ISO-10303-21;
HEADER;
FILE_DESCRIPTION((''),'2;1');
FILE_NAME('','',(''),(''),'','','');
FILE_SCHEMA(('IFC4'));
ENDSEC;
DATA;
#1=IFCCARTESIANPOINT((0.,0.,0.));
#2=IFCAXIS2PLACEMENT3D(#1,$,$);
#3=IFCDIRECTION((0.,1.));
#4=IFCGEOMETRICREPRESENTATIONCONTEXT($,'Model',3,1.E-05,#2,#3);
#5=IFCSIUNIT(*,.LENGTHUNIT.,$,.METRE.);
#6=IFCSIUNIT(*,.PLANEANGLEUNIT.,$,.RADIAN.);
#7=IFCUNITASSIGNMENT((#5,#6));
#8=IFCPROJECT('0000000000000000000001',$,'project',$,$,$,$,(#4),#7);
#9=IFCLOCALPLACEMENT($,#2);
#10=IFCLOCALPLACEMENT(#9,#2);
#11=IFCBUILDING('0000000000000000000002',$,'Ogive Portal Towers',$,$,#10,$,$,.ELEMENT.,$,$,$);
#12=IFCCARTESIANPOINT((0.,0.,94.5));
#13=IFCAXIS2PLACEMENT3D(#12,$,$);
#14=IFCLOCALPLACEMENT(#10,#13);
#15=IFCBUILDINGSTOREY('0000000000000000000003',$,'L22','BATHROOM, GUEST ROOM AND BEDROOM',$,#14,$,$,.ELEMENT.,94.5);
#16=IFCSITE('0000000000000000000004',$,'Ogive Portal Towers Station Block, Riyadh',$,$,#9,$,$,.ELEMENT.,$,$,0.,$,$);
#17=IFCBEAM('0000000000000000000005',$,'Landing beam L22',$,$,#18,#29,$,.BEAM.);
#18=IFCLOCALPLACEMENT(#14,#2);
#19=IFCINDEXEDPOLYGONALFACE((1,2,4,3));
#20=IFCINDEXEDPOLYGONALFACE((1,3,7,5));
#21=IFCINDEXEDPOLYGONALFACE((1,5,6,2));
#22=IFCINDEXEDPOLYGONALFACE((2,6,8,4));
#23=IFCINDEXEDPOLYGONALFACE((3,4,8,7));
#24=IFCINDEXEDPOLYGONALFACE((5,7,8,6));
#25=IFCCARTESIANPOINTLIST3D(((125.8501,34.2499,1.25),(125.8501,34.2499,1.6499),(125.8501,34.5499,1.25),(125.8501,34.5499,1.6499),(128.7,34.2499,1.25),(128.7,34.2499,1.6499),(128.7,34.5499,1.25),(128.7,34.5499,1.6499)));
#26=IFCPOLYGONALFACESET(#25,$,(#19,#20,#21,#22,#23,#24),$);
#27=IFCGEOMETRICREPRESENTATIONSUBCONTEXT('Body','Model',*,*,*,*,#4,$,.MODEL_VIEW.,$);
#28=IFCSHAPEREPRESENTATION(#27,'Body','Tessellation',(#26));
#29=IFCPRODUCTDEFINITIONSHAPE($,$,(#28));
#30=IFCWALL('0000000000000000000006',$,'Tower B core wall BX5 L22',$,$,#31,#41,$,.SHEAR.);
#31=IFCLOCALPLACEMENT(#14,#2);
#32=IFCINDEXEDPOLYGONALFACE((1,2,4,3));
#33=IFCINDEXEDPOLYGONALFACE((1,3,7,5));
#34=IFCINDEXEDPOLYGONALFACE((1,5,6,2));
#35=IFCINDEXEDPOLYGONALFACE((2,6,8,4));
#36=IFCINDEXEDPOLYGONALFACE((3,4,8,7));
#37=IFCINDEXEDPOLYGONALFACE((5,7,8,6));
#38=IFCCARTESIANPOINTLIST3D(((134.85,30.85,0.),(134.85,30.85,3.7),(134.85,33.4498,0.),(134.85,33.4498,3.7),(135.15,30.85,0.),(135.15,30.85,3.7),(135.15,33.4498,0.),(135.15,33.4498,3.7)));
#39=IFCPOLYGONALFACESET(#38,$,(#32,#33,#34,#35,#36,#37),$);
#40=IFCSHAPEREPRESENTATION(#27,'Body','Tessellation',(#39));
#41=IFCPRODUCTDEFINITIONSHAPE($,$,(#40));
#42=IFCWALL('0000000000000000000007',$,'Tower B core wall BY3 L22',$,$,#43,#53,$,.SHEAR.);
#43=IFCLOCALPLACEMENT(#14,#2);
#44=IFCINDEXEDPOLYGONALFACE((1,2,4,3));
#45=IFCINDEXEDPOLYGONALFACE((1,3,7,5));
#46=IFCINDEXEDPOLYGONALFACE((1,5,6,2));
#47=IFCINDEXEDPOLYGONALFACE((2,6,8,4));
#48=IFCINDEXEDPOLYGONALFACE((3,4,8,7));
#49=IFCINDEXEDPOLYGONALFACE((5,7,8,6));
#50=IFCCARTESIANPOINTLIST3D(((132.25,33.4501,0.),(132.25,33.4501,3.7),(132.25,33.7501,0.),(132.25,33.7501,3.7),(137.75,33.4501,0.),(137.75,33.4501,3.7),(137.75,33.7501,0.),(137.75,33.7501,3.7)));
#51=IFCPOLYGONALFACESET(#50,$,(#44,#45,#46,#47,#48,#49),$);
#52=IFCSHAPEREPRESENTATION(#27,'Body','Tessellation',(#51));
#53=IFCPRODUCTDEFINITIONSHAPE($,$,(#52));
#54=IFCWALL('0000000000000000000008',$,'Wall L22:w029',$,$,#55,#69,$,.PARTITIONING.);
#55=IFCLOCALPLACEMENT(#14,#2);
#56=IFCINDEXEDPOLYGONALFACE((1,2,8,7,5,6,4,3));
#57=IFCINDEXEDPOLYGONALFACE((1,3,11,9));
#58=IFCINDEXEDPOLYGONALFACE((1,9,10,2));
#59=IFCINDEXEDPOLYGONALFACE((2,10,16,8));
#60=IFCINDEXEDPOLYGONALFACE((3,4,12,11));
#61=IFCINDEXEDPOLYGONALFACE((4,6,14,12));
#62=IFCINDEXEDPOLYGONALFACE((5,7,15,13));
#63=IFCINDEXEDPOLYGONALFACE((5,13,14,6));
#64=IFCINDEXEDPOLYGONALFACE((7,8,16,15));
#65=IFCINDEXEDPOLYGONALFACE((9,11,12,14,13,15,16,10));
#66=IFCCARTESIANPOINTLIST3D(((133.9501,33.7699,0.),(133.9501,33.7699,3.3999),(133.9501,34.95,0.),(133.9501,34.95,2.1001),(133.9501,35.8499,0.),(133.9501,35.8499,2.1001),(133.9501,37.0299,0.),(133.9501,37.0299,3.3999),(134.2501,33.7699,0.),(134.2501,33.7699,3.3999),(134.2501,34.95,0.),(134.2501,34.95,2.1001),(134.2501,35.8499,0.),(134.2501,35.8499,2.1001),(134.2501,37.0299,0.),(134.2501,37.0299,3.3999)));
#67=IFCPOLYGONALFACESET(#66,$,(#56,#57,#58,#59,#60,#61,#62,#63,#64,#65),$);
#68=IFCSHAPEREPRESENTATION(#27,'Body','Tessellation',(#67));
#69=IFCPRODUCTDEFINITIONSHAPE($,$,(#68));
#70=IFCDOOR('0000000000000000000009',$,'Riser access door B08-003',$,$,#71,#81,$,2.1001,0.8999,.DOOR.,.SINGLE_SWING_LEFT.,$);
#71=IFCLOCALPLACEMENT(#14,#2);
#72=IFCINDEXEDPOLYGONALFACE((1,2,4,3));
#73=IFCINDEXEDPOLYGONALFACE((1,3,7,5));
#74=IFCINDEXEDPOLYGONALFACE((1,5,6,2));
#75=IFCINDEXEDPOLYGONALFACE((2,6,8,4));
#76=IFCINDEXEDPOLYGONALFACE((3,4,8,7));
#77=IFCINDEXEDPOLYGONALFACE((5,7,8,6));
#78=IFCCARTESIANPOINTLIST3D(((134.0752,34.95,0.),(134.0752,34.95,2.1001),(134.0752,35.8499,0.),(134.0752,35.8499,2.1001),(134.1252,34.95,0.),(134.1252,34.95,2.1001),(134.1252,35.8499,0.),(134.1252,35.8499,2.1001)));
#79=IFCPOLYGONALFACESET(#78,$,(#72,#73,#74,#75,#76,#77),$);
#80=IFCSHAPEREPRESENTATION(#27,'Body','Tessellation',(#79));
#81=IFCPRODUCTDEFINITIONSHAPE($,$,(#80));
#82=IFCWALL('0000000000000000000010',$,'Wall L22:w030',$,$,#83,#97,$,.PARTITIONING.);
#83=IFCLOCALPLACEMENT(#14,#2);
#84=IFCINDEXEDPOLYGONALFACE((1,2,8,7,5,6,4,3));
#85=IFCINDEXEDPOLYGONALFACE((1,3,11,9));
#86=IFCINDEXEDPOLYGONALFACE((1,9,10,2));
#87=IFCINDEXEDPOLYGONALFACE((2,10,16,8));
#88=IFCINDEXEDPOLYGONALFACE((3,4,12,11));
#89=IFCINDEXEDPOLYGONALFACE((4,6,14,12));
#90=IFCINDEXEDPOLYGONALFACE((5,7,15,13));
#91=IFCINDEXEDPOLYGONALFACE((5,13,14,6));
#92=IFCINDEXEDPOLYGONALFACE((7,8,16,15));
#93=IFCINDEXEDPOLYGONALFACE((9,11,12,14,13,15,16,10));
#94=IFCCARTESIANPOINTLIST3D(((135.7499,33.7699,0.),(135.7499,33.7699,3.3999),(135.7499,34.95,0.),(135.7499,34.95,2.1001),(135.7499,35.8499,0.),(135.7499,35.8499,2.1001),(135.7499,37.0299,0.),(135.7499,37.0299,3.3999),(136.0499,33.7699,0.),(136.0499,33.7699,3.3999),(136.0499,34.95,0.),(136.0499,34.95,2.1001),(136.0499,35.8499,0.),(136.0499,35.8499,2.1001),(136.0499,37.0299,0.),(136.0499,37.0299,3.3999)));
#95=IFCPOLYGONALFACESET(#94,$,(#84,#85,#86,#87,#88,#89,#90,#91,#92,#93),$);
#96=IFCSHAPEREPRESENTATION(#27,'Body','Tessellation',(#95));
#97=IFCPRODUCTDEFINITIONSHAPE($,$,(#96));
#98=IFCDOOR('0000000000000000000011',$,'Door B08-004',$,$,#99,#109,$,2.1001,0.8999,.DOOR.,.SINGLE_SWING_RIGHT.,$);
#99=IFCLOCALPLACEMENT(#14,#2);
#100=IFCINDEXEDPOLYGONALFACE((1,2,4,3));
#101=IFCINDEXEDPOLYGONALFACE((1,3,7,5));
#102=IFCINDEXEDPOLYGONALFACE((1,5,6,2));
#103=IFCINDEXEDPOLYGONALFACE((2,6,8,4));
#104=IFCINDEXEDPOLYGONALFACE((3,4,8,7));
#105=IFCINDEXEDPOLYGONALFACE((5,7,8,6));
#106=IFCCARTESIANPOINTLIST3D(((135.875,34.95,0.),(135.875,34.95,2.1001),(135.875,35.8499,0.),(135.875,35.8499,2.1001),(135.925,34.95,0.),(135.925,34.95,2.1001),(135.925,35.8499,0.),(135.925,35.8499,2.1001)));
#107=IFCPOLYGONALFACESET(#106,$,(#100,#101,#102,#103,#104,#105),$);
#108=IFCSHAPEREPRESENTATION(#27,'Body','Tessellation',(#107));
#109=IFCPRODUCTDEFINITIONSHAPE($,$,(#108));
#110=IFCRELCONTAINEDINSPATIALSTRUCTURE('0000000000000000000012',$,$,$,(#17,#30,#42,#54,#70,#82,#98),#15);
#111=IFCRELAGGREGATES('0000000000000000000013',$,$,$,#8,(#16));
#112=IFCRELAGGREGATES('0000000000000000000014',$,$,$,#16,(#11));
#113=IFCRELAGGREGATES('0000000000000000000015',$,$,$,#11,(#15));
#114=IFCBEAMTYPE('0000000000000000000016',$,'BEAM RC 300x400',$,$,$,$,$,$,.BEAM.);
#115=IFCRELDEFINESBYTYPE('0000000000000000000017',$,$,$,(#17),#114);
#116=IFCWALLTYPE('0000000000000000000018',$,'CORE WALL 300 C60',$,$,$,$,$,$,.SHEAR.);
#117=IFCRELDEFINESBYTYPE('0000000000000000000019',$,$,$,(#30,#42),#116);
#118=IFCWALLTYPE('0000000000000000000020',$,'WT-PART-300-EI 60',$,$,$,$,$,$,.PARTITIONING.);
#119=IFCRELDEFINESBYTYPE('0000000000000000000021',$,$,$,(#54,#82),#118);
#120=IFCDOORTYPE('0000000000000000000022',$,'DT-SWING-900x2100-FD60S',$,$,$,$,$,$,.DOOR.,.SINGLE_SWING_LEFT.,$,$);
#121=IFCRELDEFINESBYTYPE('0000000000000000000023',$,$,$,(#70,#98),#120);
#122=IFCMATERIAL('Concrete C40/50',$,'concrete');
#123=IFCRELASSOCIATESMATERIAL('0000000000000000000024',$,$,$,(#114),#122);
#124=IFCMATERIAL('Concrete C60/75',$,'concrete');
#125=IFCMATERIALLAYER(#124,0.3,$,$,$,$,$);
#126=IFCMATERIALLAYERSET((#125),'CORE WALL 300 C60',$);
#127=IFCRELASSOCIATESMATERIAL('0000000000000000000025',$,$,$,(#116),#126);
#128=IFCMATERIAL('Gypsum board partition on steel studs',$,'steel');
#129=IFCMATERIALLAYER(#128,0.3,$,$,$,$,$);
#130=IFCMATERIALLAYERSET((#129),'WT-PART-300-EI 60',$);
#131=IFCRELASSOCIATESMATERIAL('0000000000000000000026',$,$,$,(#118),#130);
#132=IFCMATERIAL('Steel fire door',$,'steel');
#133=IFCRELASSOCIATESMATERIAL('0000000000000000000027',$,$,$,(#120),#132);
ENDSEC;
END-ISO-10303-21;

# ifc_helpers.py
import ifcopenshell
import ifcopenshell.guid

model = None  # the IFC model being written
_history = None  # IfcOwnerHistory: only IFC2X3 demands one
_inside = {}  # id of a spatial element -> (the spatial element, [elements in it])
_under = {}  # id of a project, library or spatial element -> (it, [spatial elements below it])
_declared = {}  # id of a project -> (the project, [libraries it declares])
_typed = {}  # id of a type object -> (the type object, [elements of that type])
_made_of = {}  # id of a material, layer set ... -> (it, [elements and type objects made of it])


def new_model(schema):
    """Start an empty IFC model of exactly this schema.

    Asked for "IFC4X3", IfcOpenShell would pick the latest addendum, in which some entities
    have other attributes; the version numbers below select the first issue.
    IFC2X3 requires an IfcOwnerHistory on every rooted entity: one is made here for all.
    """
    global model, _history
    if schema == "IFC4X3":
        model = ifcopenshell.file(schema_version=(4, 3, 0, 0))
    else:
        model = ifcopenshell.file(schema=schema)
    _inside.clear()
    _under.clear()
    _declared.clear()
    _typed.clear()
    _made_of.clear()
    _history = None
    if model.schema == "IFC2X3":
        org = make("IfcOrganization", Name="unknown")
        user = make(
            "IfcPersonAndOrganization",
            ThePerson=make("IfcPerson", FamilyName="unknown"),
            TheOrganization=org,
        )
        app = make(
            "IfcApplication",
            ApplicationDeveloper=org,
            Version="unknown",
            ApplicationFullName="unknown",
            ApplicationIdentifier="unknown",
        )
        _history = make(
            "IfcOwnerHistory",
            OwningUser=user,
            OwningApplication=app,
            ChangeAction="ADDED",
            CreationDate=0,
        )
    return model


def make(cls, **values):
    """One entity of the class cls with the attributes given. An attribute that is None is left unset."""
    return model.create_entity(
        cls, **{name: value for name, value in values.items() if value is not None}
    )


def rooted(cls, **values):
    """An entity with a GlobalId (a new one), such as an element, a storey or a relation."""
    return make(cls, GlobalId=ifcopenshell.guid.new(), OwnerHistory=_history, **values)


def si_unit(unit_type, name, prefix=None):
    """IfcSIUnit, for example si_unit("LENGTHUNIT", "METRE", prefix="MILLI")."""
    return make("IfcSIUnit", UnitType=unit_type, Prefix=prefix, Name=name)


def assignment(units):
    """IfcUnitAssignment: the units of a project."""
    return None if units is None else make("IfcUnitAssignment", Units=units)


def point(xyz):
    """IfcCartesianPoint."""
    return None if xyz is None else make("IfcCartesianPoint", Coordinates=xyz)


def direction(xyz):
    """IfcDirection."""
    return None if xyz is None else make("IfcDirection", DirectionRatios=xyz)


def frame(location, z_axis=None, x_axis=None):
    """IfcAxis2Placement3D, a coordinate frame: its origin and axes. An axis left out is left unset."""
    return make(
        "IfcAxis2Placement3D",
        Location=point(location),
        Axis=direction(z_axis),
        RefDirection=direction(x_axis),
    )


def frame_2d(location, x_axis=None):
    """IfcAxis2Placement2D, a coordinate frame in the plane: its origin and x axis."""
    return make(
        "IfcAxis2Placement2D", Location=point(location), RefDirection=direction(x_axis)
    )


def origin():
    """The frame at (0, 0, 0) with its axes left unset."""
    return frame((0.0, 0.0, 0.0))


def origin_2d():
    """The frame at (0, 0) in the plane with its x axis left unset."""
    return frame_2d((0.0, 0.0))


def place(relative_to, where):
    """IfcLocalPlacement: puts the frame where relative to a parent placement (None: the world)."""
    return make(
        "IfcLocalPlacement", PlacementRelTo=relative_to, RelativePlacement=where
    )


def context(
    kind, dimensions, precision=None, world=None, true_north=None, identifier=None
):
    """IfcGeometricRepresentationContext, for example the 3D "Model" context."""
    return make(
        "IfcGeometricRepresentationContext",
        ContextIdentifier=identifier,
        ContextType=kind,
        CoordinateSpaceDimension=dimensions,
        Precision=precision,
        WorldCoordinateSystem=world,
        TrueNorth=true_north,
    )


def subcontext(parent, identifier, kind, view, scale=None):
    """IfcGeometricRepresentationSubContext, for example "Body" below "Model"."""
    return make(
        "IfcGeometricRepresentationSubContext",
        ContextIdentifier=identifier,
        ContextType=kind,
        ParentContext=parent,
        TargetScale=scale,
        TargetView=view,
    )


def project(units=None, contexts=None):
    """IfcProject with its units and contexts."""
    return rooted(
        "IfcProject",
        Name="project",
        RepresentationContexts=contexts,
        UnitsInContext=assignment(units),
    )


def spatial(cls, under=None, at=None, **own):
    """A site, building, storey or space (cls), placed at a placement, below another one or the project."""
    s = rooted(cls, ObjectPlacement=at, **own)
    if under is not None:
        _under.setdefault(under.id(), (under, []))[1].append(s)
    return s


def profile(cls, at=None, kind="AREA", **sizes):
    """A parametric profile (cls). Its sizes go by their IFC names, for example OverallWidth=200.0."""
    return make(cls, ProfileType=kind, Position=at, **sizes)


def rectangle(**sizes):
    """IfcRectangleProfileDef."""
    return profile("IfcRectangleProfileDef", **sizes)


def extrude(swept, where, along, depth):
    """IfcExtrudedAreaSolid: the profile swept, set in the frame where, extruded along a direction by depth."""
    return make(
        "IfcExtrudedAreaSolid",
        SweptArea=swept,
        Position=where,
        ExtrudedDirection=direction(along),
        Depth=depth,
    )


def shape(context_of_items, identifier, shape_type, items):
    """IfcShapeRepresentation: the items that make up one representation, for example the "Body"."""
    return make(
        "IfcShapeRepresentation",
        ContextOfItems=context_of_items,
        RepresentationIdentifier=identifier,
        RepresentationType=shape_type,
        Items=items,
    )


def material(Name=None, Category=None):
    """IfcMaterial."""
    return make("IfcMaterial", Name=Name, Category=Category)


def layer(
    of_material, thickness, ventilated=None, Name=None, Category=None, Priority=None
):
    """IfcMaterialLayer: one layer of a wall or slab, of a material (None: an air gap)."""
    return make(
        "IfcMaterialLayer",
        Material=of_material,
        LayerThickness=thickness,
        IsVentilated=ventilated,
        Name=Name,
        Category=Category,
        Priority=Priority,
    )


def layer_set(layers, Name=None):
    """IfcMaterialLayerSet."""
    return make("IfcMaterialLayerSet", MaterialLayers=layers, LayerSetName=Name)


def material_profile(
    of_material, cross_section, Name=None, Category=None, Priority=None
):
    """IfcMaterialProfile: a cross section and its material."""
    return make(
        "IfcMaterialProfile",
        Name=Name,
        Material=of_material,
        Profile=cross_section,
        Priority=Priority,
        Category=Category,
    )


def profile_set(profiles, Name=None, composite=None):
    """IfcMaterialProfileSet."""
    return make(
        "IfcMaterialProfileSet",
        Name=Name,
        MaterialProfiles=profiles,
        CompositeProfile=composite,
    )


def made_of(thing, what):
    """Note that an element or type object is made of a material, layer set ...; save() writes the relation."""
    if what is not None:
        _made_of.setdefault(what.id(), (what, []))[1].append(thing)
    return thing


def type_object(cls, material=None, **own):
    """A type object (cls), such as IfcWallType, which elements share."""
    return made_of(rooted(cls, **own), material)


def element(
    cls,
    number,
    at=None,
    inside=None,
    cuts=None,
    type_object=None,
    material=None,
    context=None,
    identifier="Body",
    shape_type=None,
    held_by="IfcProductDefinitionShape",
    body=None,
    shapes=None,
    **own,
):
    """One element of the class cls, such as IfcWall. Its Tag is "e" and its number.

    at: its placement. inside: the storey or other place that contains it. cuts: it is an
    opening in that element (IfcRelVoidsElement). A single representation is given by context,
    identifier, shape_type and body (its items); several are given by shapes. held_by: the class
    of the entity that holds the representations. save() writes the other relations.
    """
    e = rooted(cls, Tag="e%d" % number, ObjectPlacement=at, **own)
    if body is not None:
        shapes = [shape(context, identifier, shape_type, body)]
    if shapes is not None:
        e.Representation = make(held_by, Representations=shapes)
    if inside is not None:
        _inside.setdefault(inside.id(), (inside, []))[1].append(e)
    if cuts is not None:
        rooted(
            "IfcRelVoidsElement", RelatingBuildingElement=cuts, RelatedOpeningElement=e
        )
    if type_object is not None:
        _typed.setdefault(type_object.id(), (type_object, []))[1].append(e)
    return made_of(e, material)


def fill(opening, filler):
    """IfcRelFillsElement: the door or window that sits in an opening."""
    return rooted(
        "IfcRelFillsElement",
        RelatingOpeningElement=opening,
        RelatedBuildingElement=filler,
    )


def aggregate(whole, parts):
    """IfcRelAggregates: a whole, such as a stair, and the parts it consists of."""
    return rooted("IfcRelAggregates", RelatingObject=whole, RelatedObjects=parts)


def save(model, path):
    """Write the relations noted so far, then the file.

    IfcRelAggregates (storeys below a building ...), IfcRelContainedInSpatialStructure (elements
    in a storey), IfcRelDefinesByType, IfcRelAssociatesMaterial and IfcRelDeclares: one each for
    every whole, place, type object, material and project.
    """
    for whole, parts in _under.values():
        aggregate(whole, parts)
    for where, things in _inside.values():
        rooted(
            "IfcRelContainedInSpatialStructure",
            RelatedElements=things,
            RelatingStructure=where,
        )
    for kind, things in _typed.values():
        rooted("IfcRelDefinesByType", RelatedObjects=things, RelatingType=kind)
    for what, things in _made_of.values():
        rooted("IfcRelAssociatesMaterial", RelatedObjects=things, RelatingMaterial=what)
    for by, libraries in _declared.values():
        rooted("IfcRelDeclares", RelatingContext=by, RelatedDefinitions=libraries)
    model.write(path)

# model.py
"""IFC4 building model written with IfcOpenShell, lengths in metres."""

from ifc_helpers import new_model, si_unit, direction, frame, frame_2d, origin, origin_2d, place, context, subcontext, project, spatial, rectangle, extrude, material, layer, layer_set, material_profile, profile_set, type_object, element, fill, save


model = new_model("IFC4")

# Units and contexts
model_context = context("Model", 3, precision=1e-05, world=origin(), true_north=direction((0.0, 1.0)))
body_context = subcontext(model_context, "Body", "Model", "MODEL_VIEW")
ifc_project = project(units=[si_unit("LENGTHUNIT", "METRE"), si_unit("PLANEANGLEUNIT", "RADIAN")], contexts=[model_context])

# Site, building, storey
site_placement = place(None, origin())
site = spatial("IfcSite", under=ifc_project, at=site_placement, Name="Ogive Portal Towers Station Block, Riyadh", CompositionType="ELEMENT", RefElevation=0.0)
building_placement = place(site_placement, origin())
building = spatial("IfcBuilding", under=site, at=building_placement, Name="Ogive Portal Towers", CompositionType="ELEMENT")
storey_placement = place(building_placement, frame((0.0, 0.0, 94.5)))
storey = spatial("IfcBuildingStorey", under=building, at=storey_placement, Name="L22", Description="BATHROOM, GUEST ROOM AND BEDROOM", CompositionType="ELEMENT", Elevation=94.5)

# Beam
ifc_material_1 = material(Name="Concrete C40/50", Category="concrete")
ifc_material_profile = material_profile(ifc_material_1, rectangle(XDim=0.3, YDim=0.3999, at=origin_2d()), Name="RC 300x400")
ifc_profile_set = profile_set([ifc_material_profile], Name="Concrete C40/50")
beam_type = type_object("IfcBeamType", Name="BEAM RC 300x400", PredefinedType="BEAM", material=ifc_profile_set)
beam_placement = place(storey_placement, frame((125.8501, 34.3999, 1.45), z_axis=(1.0, 0.0, 0.0), x_axis=(0.0, 1.0, 0.0)))
element("IfcBeam", 1, at=beam_placement, inside=storey, type_object=beam_type, Name="Landing beam L22", PredefinedType="BEAM", context=body_context, shape_type="SweptSolid", body=[
    extrude(rectangle(XDim=0.3, YDim=0.3999, at=origin_2d()), origin(), (0.0, 0.0, 1.0), 2.8499),
])

# Wall
ifc_material_2 = material(Name="Concrete C60/75", Category="concrete")
ifc_layer_1 = layer(ifc_material_2, 0.3)
ifc_layer_set_1 = layer_set([ifc_layer_1], Name="CORE WALL 300 C60")
wall_type_1 = type_object("IfcWallType", Name="CORE WALL 300 C60", PredefinedType="SHEAR", material=ifc_layer_set_1)
wall_1_placement = place(storey_placement, frame((135.0, 30.8501, 0.0), z_axis=(0.0, 0.0, 1.0), x_axis=(0.0, 1.0, 0.0)))
element("IfcWall", 2, at=wall_1_placement, inside=storey, type_object=wall_type_1, Name="Tower B core wall BX5 L22", PredefinedType="SHEAR", context=body_context, shape_type="SweptSolid", body=[
    extrude(rectangle(XDim=2.5999, YDim=0.3, at=frame_2d((1.2998, 0.0))), origin(), (0.0, 0.0, 1.0), 3.7),
])

# Wall
wall_2_placement = place(storey_placement, frame((132.25, 33.6001, 0.0), z_axis=(0.0, 0.0, 1.0), x_axis=(1.0, 0.0, 0.0)))
element("IfcWall", 3, at=wall_2_placement, inside=storey, type_object=wall_type_1, Name="Tower B core wall BY3 L22", PredefinedType="SHEAR", context=body_context, shape_type="SweptSolid", body=[
    extrude(rectangle(XDim=5.5, YDim=0.3, at=frame_2d((2.75, 0.0))), origin(), (0.0, 0.0, 1.0), 3.7),
])

# Walls, openings, doors
ifc_material_3 = material(Name="Gypsum board partition on steel studs", Category="steel")
ifc_layer_2 = layer(ifc_material_3, 0.3)
ifc_layer_set_2 = layer_set([ifc_layer_2], Name="WT-PART-300-EI 60")
wall_type_2 = type_object("IfcWallType", Name="WT-PART-300-EI 60", PredefinedType="PARTITIONING", material=ifc_layer_set_2)
wall_3_placement = place(storey_placement, frame((134.1001, 33.77, 0.0), z_axis=(0.0, 0.0, 1.0), x_axis=(0.0, 1.0, 0.0)))
wall_3 = element("IfcWall", 4, at=wall_3_placement, inside=storey, type_object=wall_type_2, Name="Wall L22:w029", PredefinedType="PARTITIONING", context=body_context, shape_type="SweptSolid", body=[
    extrude(rectangle(XDim=3.26, YDim=0.3, at=frame_2d((1.6299, 0.0))), origin(), (0.0, 0.0, 1.0), 3.3999),
])
opening_1_placement = place(wall_3_placement, frame((1.1799, 0.0, 0.0)))
opening_1 = element("IfcOpeningElement", 5, at=opening_1_placement, cuts=wall_3, PredefinedType="OPENING", context=body_context, shape_type="SweptSolid", body=[
    extrude(rectangle(XDim=0.8999, YDim=2.1001, at=frame_2d((0.45, 1.05))), frame((0.0, 0.1602, 0.0), z_axis=(0.0, -1.0, 0.0), x_axis=(1.0, 0.0, 0.0)), (0.0, 0.0, 1.0), 0.3201),
])
ifc_material_4 = material(Name="Steel fire door", Category="steel")
door_type_1 = type_object("IfcDoorType", Name="DT-SWING-900x2100-FD60S", OperationType="SINGLE_SWING_LEFT", PredefinedType="DOOR", material=ifc_material_4)
door_1_placement = place(opening_1_placement, origin())
door_1 = element("IfcDoor", 6, at=door_1_placement, inside=storey, type_object=door_type_1, Name="Riser access door B08-003", OperationType="SINGLE_SWING_LEFT", OverallHeight=2.1001, OverallWidth=0.8999, PredefinedType="DOOR", context=body_context, shape_type="SweptSolid", body=[
    extrude(rectangle(XDim=0.8999, YDim=2.1001, at=frame_2d((0.45, 1.05))), frame((0.0, 0.0249, 0.0), z_axis=(0.0, -1.0, 0.0), x_axis=(1.0, 0.0, 0.0)), (0.0, 0.0, 1.0), 0.05),
])
fill(opening_1, door_1)
wall_4_placement = place(storey_placement, frame((135.8999, 33.77, 0.0), z_axis=(0.0, 0.0, 1.0), x_axis=(0.0, 1.0, 0.0)))
wall_4 = element("IfcWall", 7, at=wall_4_placement, inside=storey, type_object=wall_type_2, Name="Wall L22:w030", PredefinedType="PARTITIONING", context=body_context, shape_type="SweptSolid", body=[
    extrude(rectangle(XDim=3.26, YDim=0.3, at=frame_2d((1.6299, 0.0))), origin(), (0.0, 0.0, 1.0), 3.3999),
])
opening_2_placement = place(wall_4_placement, frame((1.1799, 0.0, 0.0)))
opening_2 = element("IfcOpeningElement", 8, at=opening_2_placement, cuts=wall_4, PredefinedType="OPENING", context=body_context, shape_type="SweptSolid", body=[
    extrude(rectangle(XDim=0.8999, YDim=2.1001, at=frame_2d((0.45, 1.05))), frame((0.0, 0.1602, 0.0), z_axis=(0.0, -1.0, 0.0), x_axis=(1.0, 0.0, 0.0)), (0.0, 0.0, 1.0), 0.3201),
])
door_2_placement = place(opening_2_placement, origin())
door_2 = element("IfcDoor", 9, at=door_2_placement, inside=storey, type_object=door_type_1, Name="Door B08-004", OperationType="SINGLE_SWING_RIGHT", OverallHeight=2.1001, OverallWidth=0.8999, PredefinedType="DOOR", context=body_context, shape_type="SweptSolid", body=[
    extrude(rectangle(XDim=0.8999, YDim=2.1001, at=frame_2d((0.45, 1.05))), frame((0.0, 0.0249, 0.0), z_axis=(0.0, -1.0, 0.0), x_axis=(1.0, 0.0, 0.0)), (0.0, 0.0, 1.0), 0.05),
])
fill(opening_2, door_2)

save(model, "model.ifc")
